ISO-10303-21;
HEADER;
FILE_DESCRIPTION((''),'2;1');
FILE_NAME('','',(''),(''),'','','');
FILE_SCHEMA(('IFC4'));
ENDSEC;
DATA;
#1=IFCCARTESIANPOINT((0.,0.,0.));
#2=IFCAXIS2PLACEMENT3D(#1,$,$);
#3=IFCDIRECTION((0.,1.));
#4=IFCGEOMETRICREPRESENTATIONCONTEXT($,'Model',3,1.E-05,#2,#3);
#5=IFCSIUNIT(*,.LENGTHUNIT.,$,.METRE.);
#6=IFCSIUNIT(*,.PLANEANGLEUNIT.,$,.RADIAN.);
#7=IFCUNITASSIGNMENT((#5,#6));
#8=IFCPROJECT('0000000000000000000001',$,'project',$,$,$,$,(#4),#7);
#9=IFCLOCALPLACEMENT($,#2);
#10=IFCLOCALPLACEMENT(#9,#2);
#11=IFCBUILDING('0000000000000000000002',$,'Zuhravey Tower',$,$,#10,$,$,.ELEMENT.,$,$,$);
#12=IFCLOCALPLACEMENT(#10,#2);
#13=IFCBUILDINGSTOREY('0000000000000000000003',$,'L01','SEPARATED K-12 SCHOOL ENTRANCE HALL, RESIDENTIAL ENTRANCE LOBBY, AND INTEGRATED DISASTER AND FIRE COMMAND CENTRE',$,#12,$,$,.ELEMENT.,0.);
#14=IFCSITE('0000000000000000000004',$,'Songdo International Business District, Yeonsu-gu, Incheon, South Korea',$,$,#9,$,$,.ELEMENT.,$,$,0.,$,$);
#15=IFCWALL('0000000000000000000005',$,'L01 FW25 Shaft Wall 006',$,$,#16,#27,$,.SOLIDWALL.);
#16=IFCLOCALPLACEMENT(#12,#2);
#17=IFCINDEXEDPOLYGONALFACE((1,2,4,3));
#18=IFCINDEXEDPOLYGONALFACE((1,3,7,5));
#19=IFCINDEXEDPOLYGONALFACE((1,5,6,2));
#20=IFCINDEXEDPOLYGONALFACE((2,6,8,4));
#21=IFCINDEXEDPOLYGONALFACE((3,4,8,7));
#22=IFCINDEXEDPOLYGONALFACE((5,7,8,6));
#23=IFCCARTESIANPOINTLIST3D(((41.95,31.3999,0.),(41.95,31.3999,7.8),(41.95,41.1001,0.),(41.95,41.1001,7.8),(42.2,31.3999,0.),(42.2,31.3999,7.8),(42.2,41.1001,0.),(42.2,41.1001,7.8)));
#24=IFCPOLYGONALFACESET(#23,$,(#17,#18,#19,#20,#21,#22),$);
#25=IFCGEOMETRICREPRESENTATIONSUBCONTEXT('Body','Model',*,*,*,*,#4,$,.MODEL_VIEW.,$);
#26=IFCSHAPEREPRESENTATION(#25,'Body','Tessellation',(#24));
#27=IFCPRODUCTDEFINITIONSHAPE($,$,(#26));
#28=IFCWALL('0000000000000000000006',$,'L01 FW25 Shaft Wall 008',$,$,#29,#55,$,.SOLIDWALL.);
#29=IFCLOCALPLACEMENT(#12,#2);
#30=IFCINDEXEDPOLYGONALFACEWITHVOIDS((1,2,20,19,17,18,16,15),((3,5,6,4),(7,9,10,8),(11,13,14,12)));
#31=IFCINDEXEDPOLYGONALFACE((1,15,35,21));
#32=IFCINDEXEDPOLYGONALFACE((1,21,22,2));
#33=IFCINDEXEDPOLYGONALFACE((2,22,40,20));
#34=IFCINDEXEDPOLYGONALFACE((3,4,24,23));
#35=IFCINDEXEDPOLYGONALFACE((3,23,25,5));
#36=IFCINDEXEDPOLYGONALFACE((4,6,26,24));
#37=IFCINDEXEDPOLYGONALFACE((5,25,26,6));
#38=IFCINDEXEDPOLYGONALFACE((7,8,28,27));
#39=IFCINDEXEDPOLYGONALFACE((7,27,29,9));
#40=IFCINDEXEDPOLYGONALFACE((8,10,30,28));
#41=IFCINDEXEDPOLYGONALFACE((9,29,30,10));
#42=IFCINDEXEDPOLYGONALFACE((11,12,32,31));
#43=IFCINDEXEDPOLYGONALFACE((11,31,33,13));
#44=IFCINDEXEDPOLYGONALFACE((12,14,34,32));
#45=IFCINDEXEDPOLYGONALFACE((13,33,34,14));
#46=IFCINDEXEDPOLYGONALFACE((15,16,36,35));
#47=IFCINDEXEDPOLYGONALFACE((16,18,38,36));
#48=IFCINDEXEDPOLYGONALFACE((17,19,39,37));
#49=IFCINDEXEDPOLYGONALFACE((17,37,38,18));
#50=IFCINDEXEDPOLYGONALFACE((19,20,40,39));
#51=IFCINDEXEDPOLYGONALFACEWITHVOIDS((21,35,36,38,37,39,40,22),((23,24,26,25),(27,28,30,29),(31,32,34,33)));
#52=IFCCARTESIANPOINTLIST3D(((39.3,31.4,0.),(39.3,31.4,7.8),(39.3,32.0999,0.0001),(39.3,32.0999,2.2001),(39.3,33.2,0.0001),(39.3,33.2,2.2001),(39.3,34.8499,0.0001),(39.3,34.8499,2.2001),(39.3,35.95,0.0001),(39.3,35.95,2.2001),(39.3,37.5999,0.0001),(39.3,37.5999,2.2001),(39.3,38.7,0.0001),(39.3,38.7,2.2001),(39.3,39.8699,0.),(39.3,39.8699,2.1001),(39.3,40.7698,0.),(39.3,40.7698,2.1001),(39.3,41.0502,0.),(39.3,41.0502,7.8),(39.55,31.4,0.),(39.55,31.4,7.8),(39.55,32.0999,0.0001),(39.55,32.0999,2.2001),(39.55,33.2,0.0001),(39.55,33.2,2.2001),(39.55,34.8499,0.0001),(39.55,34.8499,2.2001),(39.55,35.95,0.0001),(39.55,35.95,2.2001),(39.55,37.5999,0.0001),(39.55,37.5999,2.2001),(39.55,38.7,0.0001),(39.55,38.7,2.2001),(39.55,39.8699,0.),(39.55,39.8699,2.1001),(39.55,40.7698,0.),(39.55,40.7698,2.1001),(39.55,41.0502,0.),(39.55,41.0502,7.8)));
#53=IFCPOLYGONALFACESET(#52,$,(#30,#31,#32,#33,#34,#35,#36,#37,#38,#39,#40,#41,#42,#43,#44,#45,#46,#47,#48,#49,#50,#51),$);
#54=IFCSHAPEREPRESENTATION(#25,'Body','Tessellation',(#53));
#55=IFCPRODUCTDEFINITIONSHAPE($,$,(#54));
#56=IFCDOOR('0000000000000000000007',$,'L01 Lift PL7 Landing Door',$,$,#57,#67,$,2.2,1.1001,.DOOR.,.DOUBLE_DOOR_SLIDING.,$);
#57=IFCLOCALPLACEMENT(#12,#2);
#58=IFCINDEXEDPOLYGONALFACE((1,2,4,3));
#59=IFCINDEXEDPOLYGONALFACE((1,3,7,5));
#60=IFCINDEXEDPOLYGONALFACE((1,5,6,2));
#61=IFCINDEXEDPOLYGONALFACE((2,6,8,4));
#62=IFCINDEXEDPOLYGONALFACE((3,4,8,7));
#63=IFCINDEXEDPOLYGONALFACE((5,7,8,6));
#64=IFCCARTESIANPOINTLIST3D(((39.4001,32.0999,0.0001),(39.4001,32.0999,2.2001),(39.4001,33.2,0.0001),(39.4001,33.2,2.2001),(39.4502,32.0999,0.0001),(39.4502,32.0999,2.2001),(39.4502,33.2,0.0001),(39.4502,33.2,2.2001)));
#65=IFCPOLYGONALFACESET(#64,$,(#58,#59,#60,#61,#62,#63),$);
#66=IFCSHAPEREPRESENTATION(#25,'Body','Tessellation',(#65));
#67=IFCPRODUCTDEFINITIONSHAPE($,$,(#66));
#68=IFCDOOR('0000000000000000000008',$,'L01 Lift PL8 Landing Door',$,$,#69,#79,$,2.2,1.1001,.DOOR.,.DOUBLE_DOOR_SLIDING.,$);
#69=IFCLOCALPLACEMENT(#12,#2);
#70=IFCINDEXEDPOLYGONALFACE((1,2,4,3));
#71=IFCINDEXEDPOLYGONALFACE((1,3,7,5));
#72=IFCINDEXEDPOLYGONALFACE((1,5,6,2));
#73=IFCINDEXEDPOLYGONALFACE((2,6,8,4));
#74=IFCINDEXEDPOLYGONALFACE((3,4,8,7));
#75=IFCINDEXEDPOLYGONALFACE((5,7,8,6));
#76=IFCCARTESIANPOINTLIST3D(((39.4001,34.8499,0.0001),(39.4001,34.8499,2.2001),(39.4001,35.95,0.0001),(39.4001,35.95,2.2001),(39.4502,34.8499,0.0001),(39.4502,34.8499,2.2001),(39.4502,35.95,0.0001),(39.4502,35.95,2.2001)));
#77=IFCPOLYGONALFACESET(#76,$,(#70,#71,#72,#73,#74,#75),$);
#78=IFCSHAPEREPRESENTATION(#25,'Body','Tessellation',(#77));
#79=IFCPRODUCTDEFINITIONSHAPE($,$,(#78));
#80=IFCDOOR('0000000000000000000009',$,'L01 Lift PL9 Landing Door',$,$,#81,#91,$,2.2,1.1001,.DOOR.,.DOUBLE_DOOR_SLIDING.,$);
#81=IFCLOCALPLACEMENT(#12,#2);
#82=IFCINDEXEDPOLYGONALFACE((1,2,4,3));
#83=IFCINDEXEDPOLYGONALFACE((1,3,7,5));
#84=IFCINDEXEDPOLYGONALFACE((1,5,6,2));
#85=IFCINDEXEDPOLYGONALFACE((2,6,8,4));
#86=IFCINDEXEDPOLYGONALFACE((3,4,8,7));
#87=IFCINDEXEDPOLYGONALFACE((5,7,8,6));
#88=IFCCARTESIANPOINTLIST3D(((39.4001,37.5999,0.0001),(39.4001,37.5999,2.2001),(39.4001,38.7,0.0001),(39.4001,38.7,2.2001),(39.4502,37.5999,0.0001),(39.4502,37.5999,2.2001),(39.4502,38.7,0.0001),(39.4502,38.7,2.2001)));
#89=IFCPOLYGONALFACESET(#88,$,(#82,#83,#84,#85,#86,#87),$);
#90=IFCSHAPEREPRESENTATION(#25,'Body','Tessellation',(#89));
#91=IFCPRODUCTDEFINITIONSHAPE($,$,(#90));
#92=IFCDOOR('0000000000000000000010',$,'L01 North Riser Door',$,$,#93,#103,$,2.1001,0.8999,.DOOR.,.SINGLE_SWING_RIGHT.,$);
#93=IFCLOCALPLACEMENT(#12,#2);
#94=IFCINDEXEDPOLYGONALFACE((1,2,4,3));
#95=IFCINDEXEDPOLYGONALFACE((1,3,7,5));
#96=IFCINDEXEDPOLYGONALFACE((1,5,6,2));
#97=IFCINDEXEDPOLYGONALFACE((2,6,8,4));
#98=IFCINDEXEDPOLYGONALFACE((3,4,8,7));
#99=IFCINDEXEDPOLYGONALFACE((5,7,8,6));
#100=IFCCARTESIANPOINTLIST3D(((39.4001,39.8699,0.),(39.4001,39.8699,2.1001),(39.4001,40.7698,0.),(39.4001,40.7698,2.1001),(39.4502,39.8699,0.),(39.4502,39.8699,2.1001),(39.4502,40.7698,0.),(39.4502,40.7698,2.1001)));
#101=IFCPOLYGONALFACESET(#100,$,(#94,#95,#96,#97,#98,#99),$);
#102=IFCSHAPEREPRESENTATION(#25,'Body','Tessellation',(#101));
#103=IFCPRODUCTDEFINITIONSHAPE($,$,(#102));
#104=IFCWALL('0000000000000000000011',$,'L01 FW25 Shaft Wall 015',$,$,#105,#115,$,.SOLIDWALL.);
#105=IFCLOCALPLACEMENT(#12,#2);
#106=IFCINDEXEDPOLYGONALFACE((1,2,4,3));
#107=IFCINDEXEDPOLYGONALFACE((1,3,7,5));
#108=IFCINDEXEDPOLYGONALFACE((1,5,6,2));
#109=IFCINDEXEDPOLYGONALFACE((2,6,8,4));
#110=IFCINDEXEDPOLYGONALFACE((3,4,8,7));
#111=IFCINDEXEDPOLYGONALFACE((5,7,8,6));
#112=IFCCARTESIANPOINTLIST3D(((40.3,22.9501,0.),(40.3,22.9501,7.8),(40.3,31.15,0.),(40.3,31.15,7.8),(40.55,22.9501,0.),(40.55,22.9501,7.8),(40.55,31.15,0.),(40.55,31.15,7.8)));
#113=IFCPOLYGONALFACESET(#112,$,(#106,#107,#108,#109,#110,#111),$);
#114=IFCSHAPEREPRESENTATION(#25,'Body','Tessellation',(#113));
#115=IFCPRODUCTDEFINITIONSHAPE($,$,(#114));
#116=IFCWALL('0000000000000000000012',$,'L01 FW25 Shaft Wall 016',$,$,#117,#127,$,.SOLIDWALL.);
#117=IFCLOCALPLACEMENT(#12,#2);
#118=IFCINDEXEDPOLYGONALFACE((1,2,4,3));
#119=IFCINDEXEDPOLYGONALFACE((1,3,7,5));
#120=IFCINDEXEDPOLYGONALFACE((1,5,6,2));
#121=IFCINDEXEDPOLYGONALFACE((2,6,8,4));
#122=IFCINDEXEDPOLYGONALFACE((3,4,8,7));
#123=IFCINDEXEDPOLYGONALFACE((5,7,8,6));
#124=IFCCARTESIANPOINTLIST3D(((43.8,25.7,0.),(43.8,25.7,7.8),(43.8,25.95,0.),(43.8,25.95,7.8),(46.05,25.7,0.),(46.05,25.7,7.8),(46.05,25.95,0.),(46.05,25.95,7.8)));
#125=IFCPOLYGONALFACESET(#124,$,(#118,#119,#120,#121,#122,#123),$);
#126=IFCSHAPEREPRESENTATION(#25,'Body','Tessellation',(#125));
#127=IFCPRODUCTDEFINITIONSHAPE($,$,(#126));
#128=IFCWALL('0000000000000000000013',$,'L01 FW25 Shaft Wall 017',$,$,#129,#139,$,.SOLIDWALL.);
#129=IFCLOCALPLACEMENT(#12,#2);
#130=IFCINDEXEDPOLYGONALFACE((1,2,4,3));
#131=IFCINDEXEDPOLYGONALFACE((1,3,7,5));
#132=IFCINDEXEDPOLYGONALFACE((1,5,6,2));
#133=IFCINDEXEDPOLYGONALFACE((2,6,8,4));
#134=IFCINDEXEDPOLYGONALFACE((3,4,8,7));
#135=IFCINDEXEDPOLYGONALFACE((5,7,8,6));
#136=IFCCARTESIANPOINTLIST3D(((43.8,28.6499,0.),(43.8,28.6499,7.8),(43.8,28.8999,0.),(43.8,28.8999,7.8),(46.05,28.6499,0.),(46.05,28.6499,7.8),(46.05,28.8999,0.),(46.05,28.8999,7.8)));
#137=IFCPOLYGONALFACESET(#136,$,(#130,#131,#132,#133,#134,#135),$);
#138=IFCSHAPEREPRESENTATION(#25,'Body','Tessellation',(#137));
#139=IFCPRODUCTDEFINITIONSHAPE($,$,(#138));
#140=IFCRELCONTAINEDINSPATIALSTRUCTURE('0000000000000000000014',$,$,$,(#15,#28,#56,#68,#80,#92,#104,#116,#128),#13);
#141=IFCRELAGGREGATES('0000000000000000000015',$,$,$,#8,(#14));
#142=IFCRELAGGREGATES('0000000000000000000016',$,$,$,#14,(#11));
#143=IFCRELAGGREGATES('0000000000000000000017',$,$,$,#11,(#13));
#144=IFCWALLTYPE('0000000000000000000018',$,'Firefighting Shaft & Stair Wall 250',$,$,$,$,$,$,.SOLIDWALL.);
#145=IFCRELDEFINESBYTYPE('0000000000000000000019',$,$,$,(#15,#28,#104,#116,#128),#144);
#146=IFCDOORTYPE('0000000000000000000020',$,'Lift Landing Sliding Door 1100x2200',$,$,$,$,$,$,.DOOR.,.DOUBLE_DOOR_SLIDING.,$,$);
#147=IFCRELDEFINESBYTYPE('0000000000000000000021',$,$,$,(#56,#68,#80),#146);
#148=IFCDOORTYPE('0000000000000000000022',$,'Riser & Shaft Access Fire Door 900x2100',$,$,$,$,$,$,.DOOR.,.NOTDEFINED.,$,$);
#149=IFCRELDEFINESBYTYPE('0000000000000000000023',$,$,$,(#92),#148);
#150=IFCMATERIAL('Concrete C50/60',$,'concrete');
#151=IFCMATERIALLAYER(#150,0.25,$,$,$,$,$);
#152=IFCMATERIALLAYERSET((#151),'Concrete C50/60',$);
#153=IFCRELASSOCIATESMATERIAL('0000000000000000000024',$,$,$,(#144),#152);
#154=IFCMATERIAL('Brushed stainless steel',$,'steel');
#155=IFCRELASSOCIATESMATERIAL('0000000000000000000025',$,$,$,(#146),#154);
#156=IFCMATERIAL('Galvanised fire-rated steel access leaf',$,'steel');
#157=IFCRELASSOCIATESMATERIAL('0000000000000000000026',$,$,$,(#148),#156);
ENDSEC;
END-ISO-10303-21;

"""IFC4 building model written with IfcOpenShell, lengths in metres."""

from ifc_helpers import new_model, si_unit, direction, frame, frame_2d, origin, place, context, subcontext, project, spatial, rectangle, extrude, material, layer, layer_set, type_object, element, fill, save


model = new_model("IFC4")

# Units and contexts
model_context = context("Model", 3, precision=1e-05, world=origin(), true_north=direction((0.0, 1.0)))
body_context = subcontext(model_context, "Body", "Model", "MODEL_VIEW")
ifc_project = project(units=[si_unit("LENGTHUNIT", "METRE"), si_unit("PLANEANGLEUNIT", "RADIAN")], contexts=[model_context])

# Site, building, storey
site_placement = place(None, origin())
site = spatial("IfcSite", under=ifc_project, at=site_placement, Name="Songdo International Business District, Yeonsu-gu, Incheon, South Korea", CompositionType="ELEMENT", RefElevation=0.0)
building_placement = place(site_placement, origin())
building = spatial("IfcBuilding", under=site, at=building_placement, Name="Zuhravey Tower", CompositionType="ELEMENT")
storey_placement = place(building_placement, origin())
storey = spatial("IfcBuildingStorey", under=building, at=storey_placement, Name="L01", Description="SEPARATED K-12 SCHOOL ENTRANCE HALL, RESIDENTIAL ENTRANCE LOBBY, AND INTEGRATED DISASTER AND FIRE COMMAND CENTRE", CompositionType="ELEMENT", Elevation=0.0)

# Wall
ifc_material_1 = material(Name="Concrete C50/60", Category="concrete")
ifc_layer = layer(ifc_material_1, 0.25)
ifc_layer_set = layer_set([ifc_layer], Name="Concrete C50/60")
wall_type = type_object("IfcWallType", Name="Firefighting Shaft & Stair Wall 250", PredefinedType="SOLIDWALL", material=ifc_layer_set)
wall_1_placement = place(storey_placement, frame((42.075, 31.3999, 0.0), z_axis=(0.0, 0.0, 1.0), x_axis=(0.0, 1.0, 0.0)))
element("IfcWall", 1, at=wall_1_placement, inside=storey, type_object=wall_type, Name="L01 FW25 Shaft Wall 006", PredefinedType="SOLIDWALL", context=body_context, shape_type="SweptSolid", body=[
    extrude(rectangle(XDim=9.7002, YDim=0.25, at=frame_2d((4.8501, 0.0))), origin(), (0.0, 0.0, 1.0), 7.8),
])

# Wall, openings, doors
wall_2_placement = place(storey_placement, frame((39.425, 31.3999, 0.0), z_axis=(0.0, 0.0, 1.0), x_axis=(0.0, 1.0, 0.0)))
wall_2 = element("IfcWall", 2, at=wall_2_placement, inside=storey, type_object=wall_type, Name="L01 FW25 Shaft Wall 008", PredefinedType="SOLIDWALL", context=body_context, shape_type="SweptSolid", body=[
    extrude(rectangle(XDim=9.6501, YDim=0.25, at=frame_2d((4.8252, 0.0))), origin(), (0.0, 0.0, 1.0), 7.8),
])
opening_1_placement = place(wall_2_placement, frame((0.7, 0.0, 0.0)))
opening_1 = element("IfcOpeningElement", 3, at=opening_1_placement, cuts=wall_2, PredefinedType="OPENING", context=body_context, shape_type="SweptSolid", body=[
    extrude(rectangle(XDim=1.1001, YDim=2.2, at=frame_2d((0.55, 1.1001))), frame((0.0, 0.137, 0.0), z_axis=(0.0, -1.0, 0.0), x_axis=(1.0, 0.0, 0.0)), (0.0, 0.0, 1.0), 0.2739),
])
opening_2_placement = place(wall_2_placement, frame((3.45, 0.0, 0.0)))
opening_2 = element("IfcOpeningElement", 4, at=opening_2_placement, cuts=wall_2, PredefinedType="OPENING", context=body_context, shape_type="SweptSolid", body=[
    extrude(rectangle(XDim=1.1001, YDim=2.2, at=frame_2d((0.55, 1.1001))), frame((0.0, 0.137, 0.0), z_axis=(0.0, -1.0, 0.0), x_axis=(1.0, 0.0, 0.0)), (0.0, 0.0, 1.0), 0.2739),
])
opening_3_placement = place(wall_2_placement, frame((6.2, 0.0, 0.0)))
opening_3 = element("IfcOpeningElement", 5, at=opening_3_placement, cuts=wall_2, PredefinedType="OPENING", context=body_context, shape_type="SweptSolid", body=[
    extrude(rectangle(XDim=1.1001, YDim=2.2, at=frame_2d((0.55, 1.1001))), frame((0.0, 0.137, 0.0), z_axis=(0.0, -1.0, 0.0), x_axis=(1.0, 0.0, 0.0)), (0.0, 0.0, 1.0), 0.2739),
])
opening_4_placement = place(wall_2_placement, frame((8.47, 0.0, 0.0)))
opening_4 = element("IfcOpeningElement", 6, at=opening_4_placement, cuts=wall_2, PredefinedType="OPENING", context=body_context, shape_type="SweptSolid", body=[
    extrude(rectangle(XDim=0.8999, YDim=2.1001, at=frame_2d((0.45, 1.05))), frame((0.0, 0.137, 0.0), z_axis=(0.0, -1.0, 0.0), x_axis=(1.0, 0.0, 0.0)), (0.0, 0.0, 1.0), 0.2739),
])
ifc_material_2 = material(Name="Brushed stainless steel", Category="steel")
door_type_1 = type_object("IfcDoorType", Name="Lift Landing Sliding Door 1100x2200", OperationType="DOUBLE_DOOR_SLIDING", PredefinedType="DOOR", material=ifc_material_2)
door_1_placement = place(opening_1_placement, origin())
door_1 = element("IfcDoor", 7, at=door_1_placement, inside=storey, type_object=door_type_1, Name="L01 Lift PL7 Landing Door", OperationType="DOUBLE_DOOR_SLIDING", OverallHeight=2.2, OverallWidth=1.1001, PredefinedType="DOOR", context=body_context, shape_type="SweptSolid", body=[
    extrude(rectangle(XDim=1.1001, YDim=2.2, at=frame_2d((0.55, 1.1001))), frame((0.0, 0.0249, 0.0), z_axis=(0.0, -1.0, 0.0), x_axis=(1.0, 0.0, 0.0)), (0.0, 0.0, 1.0), 0.05),
])
fill(opening_1, door_1)
door_2_placement = place(opening_2_placement, origin())
door_2 = element("IfcDoor", 8, at=door_2_placement, inside=storey, type_object=door_type_1, Name="L01 Lift PL8 Landing Door", OperationType="DOUBLE_DOOR_SLIDING", OverallHeight=2.2, OverallWidth=1.1001, PredefinedType="DOOR", context=body_context, shape_type="SweptSolid", body=[
    extrude(rectangle(XDim=1.1001, YDim=2.2, at=frame_2d((0.55, 1.1001))), frame((0.0, 0.0249, 0.0), z_axis=(0.0, -1.0, 0.0), x_axis=(1.0, 0.0, 0.0)), (0.0, 0.0, 1.0), 0.05),
])
fill(opening_2, door_2)
door_3_placement = place(opening_3_placement, origin())
door_3 = element("IfcDoor", 9, at=door_3_placement, inside=storey, type_object=door_type_1, Name="L01 Lift PL9 Landing Door", OperationType="DOUBLE_DOOR_SLIDING", OverallHeight=2.2, OverallWidth=1.1001, PredefinedType="DOOR", context=body_context, shape_type="SweptSolid", body=[
    extrude(rectangle(XDim=1.1001, YDim=2.2, at=frame_2d((0.55, 1.1001))), frame((0.0, 0.0249, 0.0), z_axis=(0.0, -1.0, 0.0), x_axis=(1.0, 0.0, 0.0)), (0.0, 0.0, 1.0), 0.05),
])
fill(opening_3, door_3)
ifc_material_3 = material(Name="Galvanised fire-rated steel access leaf", Category="steel")
door_type_2 = type_object("IfcDoorType", Name="Riser & Shaft Access Fire Door 900x2100", OperationType="NOTDEFINED", PredefinedType="DOOR", material=ifc_material_3)
door_4_placement = place(opening_4_placement, origin())
door_4 = element("IfcDoor", 10, at=door_4_placement, inside=storey, type_object=door_type_2, Name="L01 North Riser Door", OperationType="SINGLE_SWING_RIGHT", OverallHeight=2.1001, OverallWidth=0.8999, PredefinedType="DOOR", context=body_context, shape_type="SweptSolid", body=[
    extrude(rectangle(XDim=0.8999, YDim=2.1001, at=frame_2d((0.45, 1.05))), frame((0.0, 0.0249, 0.0), z_axis=(0.0, -1.0, 0.0), x_axis=(1.0, 0.0, 0.0)), (0.0, 0.0, 1.0), 0.05),
])
fill(opening_4, door_4)

# Walls
wall_3_placement = place(storey_placement, frame((40.425, 22.95, 0.0), z_axis=(0.0, 0.0, 1.0), x_axis=(0.0, 1.0, 0.0)))
element("IfcWall", 11, at=wall_3_placement, inside=storey, type_object=wall_type, Name="L01 FW25 Shaft Wall 015", PredefinedType="SOLIDWALL", context=body_context, shape_type="SweptSolid", body=[
    extrude(rectangle(XDim=8.2, YDim=0.25, at=frame_2d((4.1001, 0.0))), origin(), (0.0, 0.0, 1.0), 7.8),
])
for number, where, z_axis, x_axis, name in (
    (12, (43.8, 25.825, 0.0), (0.0, 0.0, 1.0), (1.0, 0.0, 0.0), "L01 FW25 Shaft Wall 016"),
    (13, (43.8, 28.7749, 0.0), (0.0, 0.0, 1.0), (1.0, 0.0, 0.0), "L01 FW25 Shaft Wall 017"),
):
    element("IfcWall", number, at=place(storey_placement, frame(where, z_axis=z_axis, x_axis=x_axis)), inside=storey, type_object=wall_type, Name=name, PredefinedType="SOLIDWALL", context=body_context, shape_type="SweptSolid", body=[
        extrude(rectangle(XDim=2.25, YDim=0.25, at=frame_2d((1.125, 0.0))), origin(), (0.0, 0.0, 1.0), 7.8),
    ])

save(model, "model.ifc")
